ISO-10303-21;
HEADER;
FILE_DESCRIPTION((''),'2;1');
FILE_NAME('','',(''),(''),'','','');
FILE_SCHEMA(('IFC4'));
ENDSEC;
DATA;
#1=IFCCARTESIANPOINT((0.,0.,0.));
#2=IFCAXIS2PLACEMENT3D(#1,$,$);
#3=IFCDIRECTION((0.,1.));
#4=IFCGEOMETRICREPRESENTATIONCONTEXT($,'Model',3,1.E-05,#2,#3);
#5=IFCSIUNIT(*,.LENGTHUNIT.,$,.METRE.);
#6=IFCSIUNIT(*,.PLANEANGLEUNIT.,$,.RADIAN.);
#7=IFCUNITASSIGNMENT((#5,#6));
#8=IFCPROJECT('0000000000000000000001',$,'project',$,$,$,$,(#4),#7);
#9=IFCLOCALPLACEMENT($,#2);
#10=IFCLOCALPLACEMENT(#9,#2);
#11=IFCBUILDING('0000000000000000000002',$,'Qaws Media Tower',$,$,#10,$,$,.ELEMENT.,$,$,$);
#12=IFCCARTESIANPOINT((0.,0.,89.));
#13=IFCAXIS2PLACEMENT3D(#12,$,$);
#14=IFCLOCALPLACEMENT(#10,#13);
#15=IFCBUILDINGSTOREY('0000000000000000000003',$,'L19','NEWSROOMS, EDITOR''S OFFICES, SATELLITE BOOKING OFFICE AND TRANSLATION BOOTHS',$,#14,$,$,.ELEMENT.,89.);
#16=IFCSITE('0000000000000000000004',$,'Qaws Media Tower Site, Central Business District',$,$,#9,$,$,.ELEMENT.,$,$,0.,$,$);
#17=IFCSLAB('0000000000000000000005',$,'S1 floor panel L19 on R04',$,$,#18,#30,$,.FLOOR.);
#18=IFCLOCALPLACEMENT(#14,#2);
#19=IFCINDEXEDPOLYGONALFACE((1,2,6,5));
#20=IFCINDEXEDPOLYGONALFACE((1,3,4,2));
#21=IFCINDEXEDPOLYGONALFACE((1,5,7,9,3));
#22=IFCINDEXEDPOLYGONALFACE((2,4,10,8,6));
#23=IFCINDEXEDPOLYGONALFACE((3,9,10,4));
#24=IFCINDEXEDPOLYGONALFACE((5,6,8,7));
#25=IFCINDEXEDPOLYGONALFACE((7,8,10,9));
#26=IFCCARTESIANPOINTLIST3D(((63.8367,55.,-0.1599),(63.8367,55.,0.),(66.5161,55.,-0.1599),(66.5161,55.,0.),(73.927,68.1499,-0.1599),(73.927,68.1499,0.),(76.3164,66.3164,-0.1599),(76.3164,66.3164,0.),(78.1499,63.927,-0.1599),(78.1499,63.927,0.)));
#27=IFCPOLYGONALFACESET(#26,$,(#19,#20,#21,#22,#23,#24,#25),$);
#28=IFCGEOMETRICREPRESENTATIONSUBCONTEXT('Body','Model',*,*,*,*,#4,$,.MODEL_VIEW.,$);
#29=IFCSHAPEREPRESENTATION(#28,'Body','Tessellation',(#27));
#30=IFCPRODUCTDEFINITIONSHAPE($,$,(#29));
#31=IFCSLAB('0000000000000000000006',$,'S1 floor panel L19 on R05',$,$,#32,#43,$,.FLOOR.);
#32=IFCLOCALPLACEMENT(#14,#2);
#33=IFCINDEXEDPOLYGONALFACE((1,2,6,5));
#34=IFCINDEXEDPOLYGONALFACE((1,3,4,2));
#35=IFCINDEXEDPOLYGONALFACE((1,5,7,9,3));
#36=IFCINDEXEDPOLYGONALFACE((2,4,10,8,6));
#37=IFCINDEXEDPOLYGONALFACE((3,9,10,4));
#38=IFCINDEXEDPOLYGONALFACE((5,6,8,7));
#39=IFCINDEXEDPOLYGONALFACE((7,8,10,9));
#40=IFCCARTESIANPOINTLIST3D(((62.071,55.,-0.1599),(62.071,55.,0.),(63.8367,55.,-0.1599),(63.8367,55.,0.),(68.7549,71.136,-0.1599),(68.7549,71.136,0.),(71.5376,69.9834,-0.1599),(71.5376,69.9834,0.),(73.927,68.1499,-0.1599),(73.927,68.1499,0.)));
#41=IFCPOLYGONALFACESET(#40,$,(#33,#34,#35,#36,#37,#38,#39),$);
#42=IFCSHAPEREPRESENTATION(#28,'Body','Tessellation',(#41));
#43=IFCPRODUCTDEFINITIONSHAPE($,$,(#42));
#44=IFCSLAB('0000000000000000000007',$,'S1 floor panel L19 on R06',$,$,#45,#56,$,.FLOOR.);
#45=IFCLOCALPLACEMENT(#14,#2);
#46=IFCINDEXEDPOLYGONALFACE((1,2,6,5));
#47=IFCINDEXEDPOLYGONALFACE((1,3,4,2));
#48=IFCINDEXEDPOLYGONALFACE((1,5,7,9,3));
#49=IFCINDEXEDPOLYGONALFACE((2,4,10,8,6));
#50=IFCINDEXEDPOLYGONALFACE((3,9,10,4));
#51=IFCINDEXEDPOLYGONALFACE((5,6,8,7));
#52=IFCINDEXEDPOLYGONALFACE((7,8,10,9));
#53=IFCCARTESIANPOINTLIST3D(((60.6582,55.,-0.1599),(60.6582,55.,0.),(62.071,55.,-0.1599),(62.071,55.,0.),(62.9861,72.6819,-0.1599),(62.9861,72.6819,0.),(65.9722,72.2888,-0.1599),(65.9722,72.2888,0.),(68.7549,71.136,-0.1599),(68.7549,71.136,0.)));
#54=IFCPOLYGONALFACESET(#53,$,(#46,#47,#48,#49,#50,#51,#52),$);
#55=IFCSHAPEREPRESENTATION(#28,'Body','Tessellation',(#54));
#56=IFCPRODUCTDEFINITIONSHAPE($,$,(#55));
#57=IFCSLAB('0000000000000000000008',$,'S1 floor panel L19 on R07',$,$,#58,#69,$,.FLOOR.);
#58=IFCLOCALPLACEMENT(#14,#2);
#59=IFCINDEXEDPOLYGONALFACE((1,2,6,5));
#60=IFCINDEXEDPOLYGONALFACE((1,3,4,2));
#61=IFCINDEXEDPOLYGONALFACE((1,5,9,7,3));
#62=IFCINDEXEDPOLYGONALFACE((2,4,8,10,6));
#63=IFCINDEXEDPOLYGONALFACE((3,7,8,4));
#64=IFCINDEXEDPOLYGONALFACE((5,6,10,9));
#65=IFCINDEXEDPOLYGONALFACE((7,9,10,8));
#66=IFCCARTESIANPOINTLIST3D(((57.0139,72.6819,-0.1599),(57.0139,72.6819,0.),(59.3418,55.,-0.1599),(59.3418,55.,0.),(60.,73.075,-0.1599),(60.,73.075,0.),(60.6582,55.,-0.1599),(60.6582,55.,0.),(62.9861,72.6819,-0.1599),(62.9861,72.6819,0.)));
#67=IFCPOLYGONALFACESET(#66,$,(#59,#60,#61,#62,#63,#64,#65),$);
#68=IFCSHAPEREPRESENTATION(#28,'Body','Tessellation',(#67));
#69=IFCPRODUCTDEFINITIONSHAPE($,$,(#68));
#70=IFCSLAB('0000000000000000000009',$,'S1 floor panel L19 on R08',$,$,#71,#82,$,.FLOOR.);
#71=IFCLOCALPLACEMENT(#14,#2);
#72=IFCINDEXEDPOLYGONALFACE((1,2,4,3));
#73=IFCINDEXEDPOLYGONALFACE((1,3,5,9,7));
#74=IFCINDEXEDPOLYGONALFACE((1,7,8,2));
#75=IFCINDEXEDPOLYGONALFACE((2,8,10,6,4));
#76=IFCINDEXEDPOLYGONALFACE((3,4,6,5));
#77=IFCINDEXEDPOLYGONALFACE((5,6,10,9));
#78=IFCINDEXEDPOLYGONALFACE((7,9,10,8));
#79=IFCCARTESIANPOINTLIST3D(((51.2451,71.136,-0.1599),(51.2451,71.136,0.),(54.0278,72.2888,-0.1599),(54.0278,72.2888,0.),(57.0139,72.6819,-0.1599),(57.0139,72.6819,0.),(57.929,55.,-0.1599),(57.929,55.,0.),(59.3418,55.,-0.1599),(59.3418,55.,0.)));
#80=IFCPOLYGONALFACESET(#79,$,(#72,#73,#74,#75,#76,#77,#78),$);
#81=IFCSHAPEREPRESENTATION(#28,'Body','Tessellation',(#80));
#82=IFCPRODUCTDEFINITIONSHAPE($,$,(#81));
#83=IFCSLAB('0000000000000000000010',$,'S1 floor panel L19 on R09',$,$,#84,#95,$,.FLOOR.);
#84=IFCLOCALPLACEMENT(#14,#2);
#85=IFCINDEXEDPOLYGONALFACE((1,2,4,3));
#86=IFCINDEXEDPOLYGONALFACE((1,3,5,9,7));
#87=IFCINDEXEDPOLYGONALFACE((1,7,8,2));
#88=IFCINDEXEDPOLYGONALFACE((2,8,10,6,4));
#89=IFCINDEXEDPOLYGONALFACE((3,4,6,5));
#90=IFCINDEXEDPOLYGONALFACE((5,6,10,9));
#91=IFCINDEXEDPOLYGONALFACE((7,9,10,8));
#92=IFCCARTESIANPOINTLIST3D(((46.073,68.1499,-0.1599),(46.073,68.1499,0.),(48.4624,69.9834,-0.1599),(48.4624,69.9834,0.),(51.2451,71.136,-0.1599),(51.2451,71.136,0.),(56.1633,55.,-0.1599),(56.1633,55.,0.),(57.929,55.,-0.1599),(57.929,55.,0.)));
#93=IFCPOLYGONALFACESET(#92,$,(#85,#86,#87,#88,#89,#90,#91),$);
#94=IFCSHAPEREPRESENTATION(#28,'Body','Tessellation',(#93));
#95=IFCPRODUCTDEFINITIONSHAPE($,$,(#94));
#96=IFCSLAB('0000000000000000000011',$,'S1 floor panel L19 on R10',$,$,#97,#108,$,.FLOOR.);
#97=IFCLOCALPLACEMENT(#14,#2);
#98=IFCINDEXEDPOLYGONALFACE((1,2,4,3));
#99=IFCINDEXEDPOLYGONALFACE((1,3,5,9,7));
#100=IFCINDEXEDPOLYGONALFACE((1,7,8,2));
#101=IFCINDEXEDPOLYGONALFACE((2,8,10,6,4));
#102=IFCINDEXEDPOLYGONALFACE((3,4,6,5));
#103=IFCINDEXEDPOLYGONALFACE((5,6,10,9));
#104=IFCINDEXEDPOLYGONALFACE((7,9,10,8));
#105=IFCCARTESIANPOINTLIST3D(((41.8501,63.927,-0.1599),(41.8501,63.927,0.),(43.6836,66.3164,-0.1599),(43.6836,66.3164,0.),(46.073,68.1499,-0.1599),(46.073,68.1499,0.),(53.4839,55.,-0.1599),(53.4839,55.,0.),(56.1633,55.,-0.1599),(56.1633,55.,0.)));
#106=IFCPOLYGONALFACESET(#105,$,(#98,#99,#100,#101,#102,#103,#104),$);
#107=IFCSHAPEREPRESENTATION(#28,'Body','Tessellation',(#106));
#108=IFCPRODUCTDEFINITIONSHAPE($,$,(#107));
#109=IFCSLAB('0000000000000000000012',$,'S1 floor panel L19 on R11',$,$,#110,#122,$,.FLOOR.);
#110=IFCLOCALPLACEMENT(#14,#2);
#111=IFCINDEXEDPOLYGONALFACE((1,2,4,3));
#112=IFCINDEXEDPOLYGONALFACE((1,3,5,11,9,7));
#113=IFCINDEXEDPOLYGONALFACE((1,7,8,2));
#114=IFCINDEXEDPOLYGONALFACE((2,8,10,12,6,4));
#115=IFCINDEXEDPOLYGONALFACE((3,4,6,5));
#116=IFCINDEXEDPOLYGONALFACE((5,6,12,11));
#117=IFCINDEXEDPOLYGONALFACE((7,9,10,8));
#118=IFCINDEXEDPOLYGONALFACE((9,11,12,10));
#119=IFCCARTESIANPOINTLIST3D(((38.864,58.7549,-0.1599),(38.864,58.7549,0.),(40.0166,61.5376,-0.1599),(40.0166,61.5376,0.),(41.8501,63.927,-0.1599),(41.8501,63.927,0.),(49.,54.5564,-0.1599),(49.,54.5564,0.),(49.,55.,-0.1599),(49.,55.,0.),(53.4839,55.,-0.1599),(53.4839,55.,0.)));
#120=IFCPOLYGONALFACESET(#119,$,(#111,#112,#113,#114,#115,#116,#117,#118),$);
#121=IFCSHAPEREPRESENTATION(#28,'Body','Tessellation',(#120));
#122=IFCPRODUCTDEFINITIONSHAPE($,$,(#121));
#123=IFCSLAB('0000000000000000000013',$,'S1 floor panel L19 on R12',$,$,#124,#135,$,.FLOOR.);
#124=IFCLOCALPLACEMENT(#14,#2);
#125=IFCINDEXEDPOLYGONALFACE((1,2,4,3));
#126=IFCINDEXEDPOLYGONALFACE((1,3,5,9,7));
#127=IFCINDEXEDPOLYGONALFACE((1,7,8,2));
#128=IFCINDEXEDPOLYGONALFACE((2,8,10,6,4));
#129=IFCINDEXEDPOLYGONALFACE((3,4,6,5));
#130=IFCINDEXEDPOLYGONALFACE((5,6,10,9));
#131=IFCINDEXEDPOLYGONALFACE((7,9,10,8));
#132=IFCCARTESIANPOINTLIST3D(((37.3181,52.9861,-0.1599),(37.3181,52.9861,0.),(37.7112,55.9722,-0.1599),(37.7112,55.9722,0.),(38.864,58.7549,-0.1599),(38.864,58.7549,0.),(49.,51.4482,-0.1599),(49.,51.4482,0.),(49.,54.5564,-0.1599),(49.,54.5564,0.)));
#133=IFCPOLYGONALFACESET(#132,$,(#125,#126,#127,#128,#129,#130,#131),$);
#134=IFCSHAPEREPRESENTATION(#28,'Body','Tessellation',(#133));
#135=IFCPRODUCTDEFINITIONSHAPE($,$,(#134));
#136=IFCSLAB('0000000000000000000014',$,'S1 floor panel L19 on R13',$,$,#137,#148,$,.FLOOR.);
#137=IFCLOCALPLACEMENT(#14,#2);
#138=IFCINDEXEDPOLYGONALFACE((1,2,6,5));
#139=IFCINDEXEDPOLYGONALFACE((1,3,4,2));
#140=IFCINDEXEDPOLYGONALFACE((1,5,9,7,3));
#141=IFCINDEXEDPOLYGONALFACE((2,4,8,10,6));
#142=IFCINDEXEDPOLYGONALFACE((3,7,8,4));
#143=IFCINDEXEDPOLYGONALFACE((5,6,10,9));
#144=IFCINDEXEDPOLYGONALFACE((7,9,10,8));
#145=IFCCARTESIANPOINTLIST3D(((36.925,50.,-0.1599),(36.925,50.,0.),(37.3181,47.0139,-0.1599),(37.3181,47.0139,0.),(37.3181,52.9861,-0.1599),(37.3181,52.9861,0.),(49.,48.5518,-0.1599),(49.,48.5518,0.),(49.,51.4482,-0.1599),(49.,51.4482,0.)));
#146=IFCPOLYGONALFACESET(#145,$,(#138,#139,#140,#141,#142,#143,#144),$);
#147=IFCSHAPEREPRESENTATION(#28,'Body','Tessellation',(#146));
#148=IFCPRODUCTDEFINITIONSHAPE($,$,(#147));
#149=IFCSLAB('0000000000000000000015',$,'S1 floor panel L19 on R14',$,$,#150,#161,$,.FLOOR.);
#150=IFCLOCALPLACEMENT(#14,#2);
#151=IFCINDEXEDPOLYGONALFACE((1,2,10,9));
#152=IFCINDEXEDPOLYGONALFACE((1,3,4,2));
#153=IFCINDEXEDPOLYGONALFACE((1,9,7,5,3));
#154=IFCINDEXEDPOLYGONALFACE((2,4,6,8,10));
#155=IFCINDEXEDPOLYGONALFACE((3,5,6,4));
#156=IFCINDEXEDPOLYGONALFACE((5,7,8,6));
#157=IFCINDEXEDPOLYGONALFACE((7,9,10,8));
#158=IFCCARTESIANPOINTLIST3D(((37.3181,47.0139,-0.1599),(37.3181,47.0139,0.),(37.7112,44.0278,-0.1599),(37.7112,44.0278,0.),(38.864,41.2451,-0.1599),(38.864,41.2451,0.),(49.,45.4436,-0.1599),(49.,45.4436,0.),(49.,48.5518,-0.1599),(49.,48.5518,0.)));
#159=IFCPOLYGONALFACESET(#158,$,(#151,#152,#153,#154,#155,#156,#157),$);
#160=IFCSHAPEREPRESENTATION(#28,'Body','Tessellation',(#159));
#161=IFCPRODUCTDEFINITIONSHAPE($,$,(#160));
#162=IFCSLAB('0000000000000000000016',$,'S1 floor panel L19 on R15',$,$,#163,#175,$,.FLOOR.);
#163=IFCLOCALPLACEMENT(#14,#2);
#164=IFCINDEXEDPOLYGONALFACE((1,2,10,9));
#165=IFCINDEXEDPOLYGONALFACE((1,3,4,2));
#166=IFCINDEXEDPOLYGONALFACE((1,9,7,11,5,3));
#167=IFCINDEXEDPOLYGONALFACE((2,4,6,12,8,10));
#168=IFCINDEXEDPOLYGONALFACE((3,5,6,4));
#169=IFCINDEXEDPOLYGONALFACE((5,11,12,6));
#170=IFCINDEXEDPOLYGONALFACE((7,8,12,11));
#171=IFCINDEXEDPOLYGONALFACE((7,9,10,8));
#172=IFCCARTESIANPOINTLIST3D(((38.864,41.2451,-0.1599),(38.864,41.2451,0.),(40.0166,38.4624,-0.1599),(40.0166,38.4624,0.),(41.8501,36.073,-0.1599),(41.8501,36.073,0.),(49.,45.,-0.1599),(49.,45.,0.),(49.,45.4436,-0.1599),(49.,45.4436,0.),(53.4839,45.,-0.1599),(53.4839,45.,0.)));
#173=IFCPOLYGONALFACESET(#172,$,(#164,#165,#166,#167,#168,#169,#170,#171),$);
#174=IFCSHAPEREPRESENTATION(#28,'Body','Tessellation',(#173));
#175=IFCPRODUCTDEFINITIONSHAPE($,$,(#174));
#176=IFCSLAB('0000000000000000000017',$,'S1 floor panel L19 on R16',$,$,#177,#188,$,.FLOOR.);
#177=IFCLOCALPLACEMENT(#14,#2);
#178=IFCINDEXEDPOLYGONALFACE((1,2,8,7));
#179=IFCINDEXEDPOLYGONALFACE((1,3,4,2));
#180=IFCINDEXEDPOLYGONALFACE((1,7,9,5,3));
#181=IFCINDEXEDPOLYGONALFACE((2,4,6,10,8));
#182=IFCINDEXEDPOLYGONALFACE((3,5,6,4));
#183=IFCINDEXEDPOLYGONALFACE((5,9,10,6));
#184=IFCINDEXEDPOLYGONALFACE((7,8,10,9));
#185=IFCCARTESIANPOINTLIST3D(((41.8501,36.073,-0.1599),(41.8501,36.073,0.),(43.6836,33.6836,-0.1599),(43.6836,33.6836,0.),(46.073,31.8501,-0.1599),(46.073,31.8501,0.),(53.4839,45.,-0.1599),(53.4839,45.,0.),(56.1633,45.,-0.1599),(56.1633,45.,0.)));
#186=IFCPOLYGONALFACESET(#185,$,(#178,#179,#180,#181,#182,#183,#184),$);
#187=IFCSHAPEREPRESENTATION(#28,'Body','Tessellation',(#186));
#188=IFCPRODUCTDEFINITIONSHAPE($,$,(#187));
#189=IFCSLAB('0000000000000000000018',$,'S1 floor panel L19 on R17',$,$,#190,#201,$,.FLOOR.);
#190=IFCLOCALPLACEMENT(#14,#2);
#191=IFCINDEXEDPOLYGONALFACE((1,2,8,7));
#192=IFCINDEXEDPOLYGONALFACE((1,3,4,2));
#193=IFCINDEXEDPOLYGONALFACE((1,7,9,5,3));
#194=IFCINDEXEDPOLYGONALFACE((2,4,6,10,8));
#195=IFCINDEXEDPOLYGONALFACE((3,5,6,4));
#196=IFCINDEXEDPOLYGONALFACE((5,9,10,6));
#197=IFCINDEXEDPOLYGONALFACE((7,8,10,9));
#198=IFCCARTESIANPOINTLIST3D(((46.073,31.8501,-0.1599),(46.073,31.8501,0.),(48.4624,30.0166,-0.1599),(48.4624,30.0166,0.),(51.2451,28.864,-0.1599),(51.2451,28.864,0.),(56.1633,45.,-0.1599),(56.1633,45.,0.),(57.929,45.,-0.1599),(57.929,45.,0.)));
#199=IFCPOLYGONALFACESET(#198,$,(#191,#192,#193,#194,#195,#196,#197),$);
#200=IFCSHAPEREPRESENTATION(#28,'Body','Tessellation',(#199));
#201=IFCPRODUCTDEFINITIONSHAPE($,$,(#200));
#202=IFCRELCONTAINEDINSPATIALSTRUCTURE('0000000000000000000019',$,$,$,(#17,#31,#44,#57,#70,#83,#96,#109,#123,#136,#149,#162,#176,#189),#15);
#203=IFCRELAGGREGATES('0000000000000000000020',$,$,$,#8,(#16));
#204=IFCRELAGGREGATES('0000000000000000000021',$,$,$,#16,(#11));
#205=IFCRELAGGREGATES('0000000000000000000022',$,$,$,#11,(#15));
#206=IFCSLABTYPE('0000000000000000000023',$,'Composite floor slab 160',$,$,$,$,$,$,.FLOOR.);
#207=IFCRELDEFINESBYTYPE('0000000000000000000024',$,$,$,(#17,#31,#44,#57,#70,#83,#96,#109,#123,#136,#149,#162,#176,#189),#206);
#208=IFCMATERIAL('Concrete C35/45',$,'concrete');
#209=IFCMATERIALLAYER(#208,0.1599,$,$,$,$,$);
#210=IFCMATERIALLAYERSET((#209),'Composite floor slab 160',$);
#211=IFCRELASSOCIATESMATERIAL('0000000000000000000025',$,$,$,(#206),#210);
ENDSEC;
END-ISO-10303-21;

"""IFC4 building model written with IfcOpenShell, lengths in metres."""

from ifc_helpers import new_model, si_unit, direction, frame, origin, place, context, subcontext, project, spatial, polyline, outline, extrude, material, layer, layer_set, type_object, element, save


model = new_model("IFC4")

# Units and contexts
model_context = context("Model", 3, precision=1e-05, world=origin(), true_north=direction((0.0, 1.0)))
body_context = subcontext(model_context, "Body", "Model", "MODEL_VIEW")
ifc_project = project(units=[si_unit("LENGTHUNIT", "METRE"), si_unit("PLANEANGLEUNIT", "RADIAN")], contexts=[model_context])

# Site, building, storey
site_placement = place(None, origin())
site = spatial("IfcSite", under=ifc_project, at=site_placement, Name="Qaws Media Tower Site, Central Business District", CompositionType="ELEMENT", RefElevation=0.0)
building_placement = place(site_placement, origin())
building = spatial("IfcBuilding", under=site, at=building_placement, Name="Qaws Media Tower", CompositionType="ELEMENT")
storey_placement = place(building_placement, frame((0.0, 0.0, 89.0)))
storey = spatial("IfcBuildingStorey", under=building, at=storey_placement, Name="L19", Description="NEWSROOMS, EDITOR'S OFFICES, SATELLITE BOOKING OFFICE AND TRANSLATION BOOTHS", CompositionType="ELEMENT", Elevation=89.0)

# Slabs
ifc_material_1 = material(Name="Concrete C35/45", Category="concrete")
ifc_layer_1 = layer(ifc_material_1, 0.1599)
ifc_layer_set_1 = layer_set([ifc_layer_1], Name="Composite floor slab 160")
slab_type_1 = type_object("IfcSlabType", Name="Composite floor slab 160", PredefinedType="FLOOR", material=ifc_layer_set_1)
slab_1_placement = place(storey_placement, frame((0.0, 0.0, -0.1599)))
element("IfcSlab", 1, at=slab_1_placement, inside=storey, type_object=slab_type_1, Name="S1 floor panel L19 on R04", PredefinedType="FLOOR", context=body_context, shape_type="SweptSolid", body=[
    extrude(outline(polyline([(76.3164, 66.3164), (78.1499, 63.927), (66.5161, 55.0), (63.8367, 55.0), (73.927, 68.1499), (76.3164, 66.3164)])), origin(), (0.0, 0.0, 1.0), 0.1599),
])
slab_2_placement = place(storey_placement, frame((0.0, 0.0, -0.1599)))
element("IfcSlab", 2, at=slab_2_placement, inside=storey, type_object=slab_type_1, Name="S1 floor panel L19 on R05", PredefinedType="FLOOR", context=body_context, shape_type="SweptSolid", body=[
    extrude(outline(polyline([(71.5376, 69.9834), (73.927, 68.1499), (63.8367, 55.0), (62.071, 55.0), (68.7549, 71.136), (71.5376, 69.9834)])), origin(), (0.0, 0.0, 1.0), 0.1599),
])
slab_3_placement = place(storey_placement, frame((0.0, 0.0, -0.1599)))
element("IfcSlab", 3, at=slab_3_placement, inside=storey, type_object=slab_type_1, Name="S1 floor panel L19 on R06", PredefinedType="FLOOR", context=body_context, shape_type="SweptSolid", body=[
    extrude(outline(polyline([(65.9722, 72.2888), (68.7549, 71.136), (62.071, 55.0), (60.6582, 55.0), (62.9861, 72.6819), (65.9722, 72.2888)])), origin(), (0.0, 0.0, 1.0), 0.1599),
])
slab_4_placement = place(storey_placement, frame((0.0, 0.0, -0.1599)))
element("IfcSlab", 4, at=slab_4_placement, inside=storey, type_object=slab_type_1, Name="S1 floor panel L19 on R07", PredefinedType="FLOOR", context=body_context, shape_type="SweptSolid", body=[
    extrude(outline(polyline([(60.0, 73.075), (62.9861, 72.6819), (60.6582, 55.0), (59.3418, 55.0), (57.0139, 72.6819), (60.0, 73.075)])), origin(), (0.0, 0.0, 1.0), 0.1599),
])
slab_5_placement = place(storey_placement, frame((0.0, 0.0, -0.1599)))
element("IfcSlab", 5, at=slab_5_placement, inside=storey, type_object=slab_type_1, Name="S1 floor panel L19 on R08", PredefinedType="FLOOR", context=body_context, shape_type="SweptSolid", body=[
    extrude(outline(polyline([(54.0278, 72.2888), (57.0139, 72.6819), (59.3418, 55.0), (57.929, 55.0), (51.2451, 71.136), (54.0278, 72.2888)])), origin(), (0.0, 0.0, 1.0), 0.1599),
])
slab_6_placement = place(storey_placement, frame((0.0, 0.0, -0.1599)))
element("IfcSlab", 6, at=slab_6_placement, inside=storey, type_object=slab_type_1, Name="S1 floor panel L19 on R09", PredefinedType="FLOOR", context=body_context, shape_type="SweptSolid", body=[
    extrude(outline(polyline([(48.4624, 69.9834), (51.2451, 71.136), (57.929, 55.0), (56.1633, 55.0), (46.073, 68.1499), (48.4624, 69.9834)])), origin(), (0.0, 0.0, 1.0), 0.1599),
])
slab_7_placement = place(storey_placement, frame((0.0, 0.0, -0.1599)))
element("IfcSlab", 7, at=slab_7_placement, inside=storey, type_object=slab_type_1, Name="S1 floor panel L19 on R10", PredefinedType="FLOOR", context=body_context, shape_type="SweptSolid", body=[
    extrude(outline(polyline([(43.6836, 66.3164), (46.073, 68.1499), (56.1633, 55.0), (53.4839, 55.0), (41.8501, 63.927), (43.6836, 66.3164)])), origin(), (0.0, 0.0, 1.0), 0.1599),
])
slab_8_placement = place(storey_placement, frame((0.0, 0.0, -0.1599)))
element("IfcSlab", 8, at=slab_8_placement, inside=storey, type_object=slab_type_1, Name="S1 floor panel L19 on R11", PredefinedType="FLOOR", context=body_context, shape_type="SweptSolid", body=[
    extrude(outline(polyline([(40.0166, 61.5376), (41.8501, 63.927), (53.4839, 55.0), (49.0, 55.0), (49.0, 54.5564), (38.864, 58.7549), (40.0166, 61.5376)])), origin(), (0.0, 0.0, 1.0), 0.1599),
])
slab_9_placement = place(storey_placement, frame((0.0, 0.0, -0.1599)))
element("IfcSlab", 9, at=slab_9_placement, inside=storey, type_object=slab_type_1, Name="S1 floor panel L19 on R12", PredefinedType="FLOOR", context=body_context, shape_type="SweptSolid", body=[
    extrude(outline(polyline([(37.7112, 55.9722), (38.864, 58.7549), (49.0, 54.5564), (49.0, 51.4482), (37.3181, 52.9861), (37.7112, 55.9722)])), origin(), (0.0, 0.0, 1.0), 0.1599),
])
slab_10_placement = place(storey_placement, frame((0.0, 0.0, -0.1599)))
element("IfcSlab", 10, at=slab_10_placement, inside=storey, type_object=slab_type_1, Name="S1 floor panel L19 on R13", PredefinedType="FLOOR", context=body_context, shape_type="SweptSolid", body=[
    extrude(outline(polyline([(36.925, 50.0), (37.3181, 52.9861), (49.0, 51.4482), (49.0, 48.5518), (37.3181, 47.0139), (36.925, 50.0)])), origin(), (0.0, 0.0, 1.0), 0.1599),
])
slab_11_placement = place(storey_placement, frame((0.0, 0.0, -0.1599)))
element("IfcSlab", 11, at=slab_11_placement, inside=storey, type_object=slab_type_1, Name="S1 floor panel L19 on R14", PredefinedType="FLOOR", context=body_context, shape_type="SweptSolid", body=[
    extrude(outline(polyline([(37.7112, 44.0278), (37.3181, 47.0139), (49.0, 48.5518), (49.0, 45.4436), (38.864, 41.2451), (37.7112, 44.0278)])), origin(), (0.0, 0.0, 1.0), 0.1599),
])
slab_12_placement = place(storey_placement, frame((0.0, 0.0, -0.1599)))
element("IfcSlab", 12, at=slab_12_placement, inside=storey, type_object=slab_type_1, Name="S1 floor panel L19 on R15", PredefinedType="FLOOR", context=body_context, shape_type="SweptSolid", body=[
    extrude(outline(polyline([(40.0166, 38.4624), (38.864, 41.2451), (49.0, 45.4436), (49.0, 45.0), (53.4839, 45.0), (41.8501, 36.073), (40.0166, 38.4624)])), origin(), (0.0, 0.0, 1.0), 0.1599),
])
slab_13_placement = place(storey_placement, frame((0.0, 0.0, -0.1599)))
element("IfcSlab", 13, at=slab_13_placement, inside=storey, type_object=slab_type_1, Name="S1 floor panel L19 on R16", PredefinedType="FLOOR", context=body_context, shape_type="SweptSolid", body=[
    extrude(outline(polyline([(43.6836, 33.6836), (41.8501, 36.073), (53.4839, 45.0), (56.1633, 45.0), (46.073, 31.8501), (43.6836, 33.6836)])), origin(), (0.0, 0.0, 1.0), 0.1599),
])
slab_14_placement = place(storey_placement, frame((0.0, 0.0, -0.1599)))
element("IfcSlab", 14, at=slab_14_placement, inside=storey, type_object=slab_type_1, Name="S1 floor panel L19 on R17", PredefinedType="FLOOR", context=body_context, shape_type="SweptSolid", body=[
    extrude(outline(polyline([(48.4624, 30.0166), (46.073, 31.8501), (56.1633, 45.0), (57.929, 45.0), (51.2451, 28.864), (48.4624, 30.0166)])), origin(), (0.0, 0.0, 1.0), 0.1599),
])

save(model, "model.ifc")
